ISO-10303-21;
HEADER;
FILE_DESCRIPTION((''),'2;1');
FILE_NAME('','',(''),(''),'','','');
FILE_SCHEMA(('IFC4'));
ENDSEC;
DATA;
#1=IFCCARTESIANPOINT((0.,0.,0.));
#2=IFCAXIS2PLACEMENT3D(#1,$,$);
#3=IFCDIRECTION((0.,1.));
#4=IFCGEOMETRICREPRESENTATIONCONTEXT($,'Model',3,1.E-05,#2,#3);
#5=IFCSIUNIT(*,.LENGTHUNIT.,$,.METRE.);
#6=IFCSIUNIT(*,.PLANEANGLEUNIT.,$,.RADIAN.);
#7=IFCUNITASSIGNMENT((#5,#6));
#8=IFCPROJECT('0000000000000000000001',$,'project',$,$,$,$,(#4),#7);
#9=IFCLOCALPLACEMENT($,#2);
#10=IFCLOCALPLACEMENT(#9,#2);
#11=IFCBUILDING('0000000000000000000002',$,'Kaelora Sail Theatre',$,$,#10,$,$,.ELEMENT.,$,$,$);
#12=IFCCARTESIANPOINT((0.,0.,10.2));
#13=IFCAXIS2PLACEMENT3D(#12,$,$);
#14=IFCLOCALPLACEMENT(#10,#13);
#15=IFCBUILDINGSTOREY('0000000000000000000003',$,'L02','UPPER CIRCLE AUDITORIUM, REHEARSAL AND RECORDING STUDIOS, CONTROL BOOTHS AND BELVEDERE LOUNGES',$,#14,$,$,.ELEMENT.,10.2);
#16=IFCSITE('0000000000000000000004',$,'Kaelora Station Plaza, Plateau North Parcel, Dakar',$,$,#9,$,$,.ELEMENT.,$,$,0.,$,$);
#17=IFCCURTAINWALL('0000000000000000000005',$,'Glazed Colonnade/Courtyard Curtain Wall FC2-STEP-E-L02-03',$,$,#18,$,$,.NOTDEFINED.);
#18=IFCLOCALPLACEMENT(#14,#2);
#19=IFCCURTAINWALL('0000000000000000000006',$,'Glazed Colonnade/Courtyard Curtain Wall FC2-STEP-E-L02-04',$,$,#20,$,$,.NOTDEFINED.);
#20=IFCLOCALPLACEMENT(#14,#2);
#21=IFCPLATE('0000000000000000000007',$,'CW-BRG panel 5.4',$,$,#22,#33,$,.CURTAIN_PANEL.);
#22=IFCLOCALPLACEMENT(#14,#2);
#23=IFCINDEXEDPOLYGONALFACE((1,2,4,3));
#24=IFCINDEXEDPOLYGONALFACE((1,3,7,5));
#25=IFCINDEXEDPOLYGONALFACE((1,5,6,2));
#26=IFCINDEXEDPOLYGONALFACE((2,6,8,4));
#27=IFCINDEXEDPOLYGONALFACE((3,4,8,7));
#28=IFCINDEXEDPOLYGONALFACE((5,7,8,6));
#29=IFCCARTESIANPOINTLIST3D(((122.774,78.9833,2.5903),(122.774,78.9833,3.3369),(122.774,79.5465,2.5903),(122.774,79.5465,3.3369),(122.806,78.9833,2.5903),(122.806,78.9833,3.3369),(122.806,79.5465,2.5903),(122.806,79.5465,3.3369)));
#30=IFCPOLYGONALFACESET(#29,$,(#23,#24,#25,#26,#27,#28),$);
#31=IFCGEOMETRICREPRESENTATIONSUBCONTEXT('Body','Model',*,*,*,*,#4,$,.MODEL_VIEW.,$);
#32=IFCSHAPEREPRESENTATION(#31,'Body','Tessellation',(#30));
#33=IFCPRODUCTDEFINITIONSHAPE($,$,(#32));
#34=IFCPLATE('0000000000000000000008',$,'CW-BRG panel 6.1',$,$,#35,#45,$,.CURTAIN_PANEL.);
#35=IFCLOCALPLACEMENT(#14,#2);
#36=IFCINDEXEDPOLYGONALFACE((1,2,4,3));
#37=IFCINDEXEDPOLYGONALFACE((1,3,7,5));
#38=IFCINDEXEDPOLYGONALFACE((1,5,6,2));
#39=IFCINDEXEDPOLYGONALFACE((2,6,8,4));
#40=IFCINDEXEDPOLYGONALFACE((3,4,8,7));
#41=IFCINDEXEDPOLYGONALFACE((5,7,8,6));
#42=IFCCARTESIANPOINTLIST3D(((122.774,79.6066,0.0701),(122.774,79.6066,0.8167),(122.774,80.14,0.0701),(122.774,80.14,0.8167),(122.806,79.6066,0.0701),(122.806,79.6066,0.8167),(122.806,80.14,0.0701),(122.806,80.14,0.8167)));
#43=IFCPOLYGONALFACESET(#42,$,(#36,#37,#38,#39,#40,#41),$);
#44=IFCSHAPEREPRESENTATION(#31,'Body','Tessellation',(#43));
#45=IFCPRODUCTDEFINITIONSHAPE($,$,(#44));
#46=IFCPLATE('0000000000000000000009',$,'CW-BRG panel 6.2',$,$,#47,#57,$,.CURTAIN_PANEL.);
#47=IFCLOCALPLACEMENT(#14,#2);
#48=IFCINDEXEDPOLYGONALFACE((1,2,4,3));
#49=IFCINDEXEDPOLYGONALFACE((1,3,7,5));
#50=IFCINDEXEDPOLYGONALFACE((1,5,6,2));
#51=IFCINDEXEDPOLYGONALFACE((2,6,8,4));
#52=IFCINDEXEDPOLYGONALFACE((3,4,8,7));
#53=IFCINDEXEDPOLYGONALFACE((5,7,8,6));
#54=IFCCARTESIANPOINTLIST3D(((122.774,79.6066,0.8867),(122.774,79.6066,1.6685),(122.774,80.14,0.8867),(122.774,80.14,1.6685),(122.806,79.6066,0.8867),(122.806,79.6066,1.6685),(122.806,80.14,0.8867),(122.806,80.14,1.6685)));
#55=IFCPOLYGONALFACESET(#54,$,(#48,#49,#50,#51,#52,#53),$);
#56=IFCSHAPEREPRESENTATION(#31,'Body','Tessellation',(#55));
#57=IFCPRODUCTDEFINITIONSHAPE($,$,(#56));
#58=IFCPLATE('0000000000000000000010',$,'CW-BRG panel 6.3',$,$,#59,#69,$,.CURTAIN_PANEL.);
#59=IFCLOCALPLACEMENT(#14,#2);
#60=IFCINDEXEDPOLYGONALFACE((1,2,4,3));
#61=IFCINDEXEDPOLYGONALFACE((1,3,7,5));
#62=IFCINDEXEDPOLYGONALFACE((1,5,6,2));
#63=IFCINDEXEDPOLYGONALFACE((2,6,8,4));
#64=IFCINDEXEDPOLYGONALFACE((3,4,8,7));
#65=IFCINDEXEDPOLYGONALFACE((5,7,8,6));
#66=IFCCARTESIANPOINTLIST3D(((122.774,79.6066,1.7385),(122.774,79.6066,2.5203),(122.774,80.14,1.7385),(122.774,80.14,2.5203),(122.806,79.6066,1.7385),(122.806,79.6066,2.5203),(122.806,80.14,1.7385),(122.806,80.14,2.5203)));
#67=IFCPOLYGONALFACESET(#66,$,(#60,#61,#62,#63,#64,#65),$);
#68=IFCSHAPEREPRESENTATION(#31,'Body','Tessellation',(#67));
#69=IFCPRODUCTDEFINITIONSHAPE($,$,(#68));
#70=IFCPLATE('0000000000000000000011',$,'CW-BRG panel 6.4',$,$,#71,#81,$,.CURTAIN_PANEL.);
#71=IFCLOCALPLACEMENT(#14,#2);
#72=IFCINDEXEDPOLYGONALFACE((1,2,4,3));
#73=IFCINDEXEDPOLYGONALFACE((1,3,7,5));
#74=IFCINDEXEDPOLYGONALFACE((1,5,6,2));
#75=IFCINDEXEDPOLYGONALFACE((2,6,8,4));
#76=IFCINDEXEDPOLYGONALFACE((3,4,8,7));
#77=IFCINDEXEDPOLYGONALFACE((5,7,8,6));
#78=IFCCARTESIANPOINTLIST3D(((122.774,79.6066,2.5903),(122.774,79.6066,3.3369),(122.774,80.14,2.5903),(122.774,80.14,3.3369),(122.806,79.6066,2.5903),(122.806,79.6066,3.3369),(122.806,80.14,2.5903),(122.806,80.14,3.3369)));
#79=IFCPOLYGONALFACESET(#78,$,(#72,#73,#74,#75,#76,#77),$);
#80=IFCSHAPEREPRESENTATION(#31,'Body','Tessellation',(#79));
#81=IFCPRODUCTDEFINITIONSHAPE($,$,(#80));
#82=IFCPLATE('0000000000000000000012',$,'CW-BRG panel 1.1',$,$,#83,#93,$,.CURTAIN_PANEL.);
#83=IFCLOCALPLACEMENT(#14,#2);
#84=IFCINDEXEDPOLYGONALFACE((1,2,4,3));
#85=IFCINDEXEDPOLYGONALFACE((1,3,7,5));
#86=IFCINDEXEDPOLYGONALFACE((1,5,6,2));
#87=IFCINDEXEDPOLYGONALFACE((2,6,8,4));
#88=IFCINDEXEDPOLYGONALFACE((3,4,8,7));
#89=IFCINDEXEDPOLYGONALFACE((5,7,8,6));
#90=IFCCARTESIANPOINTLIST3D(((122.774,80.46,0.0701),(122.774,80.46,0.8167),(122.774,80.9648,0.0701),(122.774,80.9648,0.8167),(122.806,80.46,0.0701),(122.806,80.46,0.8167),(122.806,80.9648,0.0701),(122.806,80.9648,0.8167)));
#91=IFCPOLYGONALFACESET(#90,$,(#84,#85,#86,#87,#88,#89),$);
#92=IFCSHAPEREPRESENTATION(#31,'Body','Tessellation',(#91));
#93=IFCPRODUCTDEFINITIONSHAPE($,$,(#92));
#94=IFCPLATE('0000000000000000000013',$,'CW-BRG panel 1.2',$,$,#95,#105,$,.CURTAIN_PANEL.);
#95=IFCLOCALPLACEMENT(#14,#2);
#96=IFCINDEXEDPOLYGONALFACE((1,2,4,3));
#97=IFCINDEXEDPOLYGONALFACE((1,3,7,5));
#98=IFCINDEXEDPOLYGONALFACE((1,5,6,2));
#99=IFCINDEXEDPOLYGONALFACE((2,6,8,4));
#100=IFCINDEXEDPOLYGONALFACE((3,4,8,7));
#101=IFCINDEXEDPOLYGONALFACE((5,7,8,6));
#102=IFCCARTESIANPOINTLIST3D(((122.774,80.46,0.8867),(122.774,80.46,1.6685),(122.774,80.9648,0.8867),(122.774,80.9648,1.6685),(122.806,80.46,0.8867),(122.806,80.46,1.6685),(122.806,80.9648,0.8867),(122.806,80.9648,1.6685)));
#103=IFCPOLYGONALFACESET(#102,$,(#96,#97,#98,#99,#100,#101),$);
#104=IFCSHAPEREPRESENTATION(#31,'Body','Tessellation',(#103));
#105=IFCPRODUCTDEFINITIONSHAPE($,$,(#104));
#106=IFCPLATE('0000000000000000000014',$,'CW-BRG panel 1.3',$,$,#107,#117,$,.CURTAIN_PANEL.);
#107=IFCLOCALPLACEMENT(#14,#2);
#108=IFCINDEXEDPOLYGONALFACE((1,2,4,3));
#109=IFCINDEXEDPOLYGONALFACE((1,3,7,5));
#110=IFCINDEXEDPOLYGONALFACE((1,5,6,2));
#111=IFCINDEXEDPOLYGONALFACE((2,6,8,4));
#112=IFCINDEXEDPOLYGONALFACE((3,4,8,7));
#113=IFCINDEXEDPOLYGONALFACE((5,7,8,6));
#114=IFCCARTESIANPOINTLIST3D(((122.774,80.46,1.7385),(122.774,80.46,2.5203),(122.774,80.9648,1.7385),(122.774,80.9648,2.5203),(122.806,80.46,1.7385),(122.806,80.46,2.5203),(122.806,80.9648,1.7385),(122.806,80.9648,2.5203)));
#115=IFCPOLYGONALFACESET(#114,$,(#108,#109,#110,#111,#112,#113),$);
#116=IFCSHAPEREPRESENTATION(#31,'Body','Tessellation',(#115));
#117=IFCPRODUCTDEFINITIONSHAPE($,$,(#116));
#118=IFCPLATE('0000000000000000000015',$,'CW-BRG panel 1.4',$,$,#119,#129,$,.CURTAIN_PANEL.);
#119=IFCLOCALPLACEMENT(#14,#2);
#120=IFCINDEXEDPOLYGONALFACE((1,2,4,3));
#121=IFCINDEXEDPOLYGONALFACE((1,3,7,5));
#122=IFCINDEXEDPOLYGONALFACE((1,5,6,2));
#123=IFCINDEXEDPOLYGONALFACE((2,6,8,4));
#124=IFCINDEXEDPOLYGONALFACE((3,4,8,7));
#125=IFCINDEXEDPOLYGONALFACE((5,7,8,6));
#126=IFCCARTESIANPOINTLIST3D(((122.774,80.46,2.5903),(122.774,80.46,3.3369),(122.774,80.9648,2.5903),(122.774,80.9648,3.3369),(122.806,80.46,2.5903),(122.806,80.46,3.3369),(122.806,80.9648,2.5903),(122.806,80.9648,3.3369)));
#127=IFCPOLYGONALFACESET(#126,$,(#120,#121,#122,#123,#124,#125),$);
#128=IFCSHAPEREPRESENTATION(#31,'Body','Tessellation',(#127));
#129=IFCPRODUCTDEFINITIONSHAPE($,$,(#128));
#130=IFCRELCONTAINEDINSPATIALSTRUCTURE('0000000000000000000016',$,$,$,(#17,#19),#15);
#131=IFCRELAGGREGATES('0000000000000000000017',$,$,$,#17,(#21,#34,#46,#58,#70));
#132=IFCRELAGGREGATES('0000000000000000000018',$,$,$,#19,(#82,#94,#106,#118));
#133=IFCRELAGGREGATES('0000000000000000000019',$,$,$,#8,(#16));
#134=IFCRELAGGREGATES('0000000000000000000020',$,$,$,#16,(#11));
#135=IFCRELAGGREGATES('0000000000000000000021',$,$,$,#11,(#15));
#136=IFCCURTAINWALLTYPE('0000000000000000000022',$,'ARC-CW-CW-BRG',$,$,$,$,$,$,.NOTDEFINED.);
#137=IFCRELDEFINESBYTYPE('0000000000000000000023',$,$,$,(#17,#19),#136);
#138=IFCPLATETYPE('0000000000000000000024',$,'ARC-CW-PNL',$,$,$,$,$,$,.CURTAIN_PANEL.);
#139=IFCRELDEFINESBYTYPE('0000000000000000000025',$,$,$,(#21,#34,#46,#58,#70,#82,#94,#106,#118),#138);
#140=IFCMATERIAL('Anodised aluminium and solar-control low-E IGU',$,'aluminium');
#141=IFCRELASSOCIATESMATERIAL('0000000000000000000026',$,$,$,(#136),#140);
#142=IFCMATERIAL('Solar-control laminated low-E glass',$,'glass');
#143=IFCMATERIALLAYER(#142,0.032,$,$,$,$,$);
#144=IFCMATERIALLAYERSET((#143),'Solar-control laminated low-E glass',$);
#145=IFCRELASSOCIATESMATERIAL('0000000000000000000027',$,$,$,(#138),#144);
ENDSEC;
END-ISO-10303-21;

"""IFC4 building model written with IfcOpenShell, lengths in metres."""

from ifc_helpers import new_model, si_unit, direction, frame, origin, origin_2d, place, context, subcontext, project, spatial, rectangle, extrude, material, layer, layer_set, type_object, element, aggregate, save


model = new_model("IFC4")

# Units and contexts
model_context = context("Model", 3, precision=1e-05, world=origin(), true_north=direction((0.0, 1.0)))
body_context = subcontext(model_context, "Body", "Model", "MODEL_VIEW")
ifc_project = project(units=[si_unit("LENGTHUNIT", "METRE"), si_unit("PLANEANGLEUNIT", "RADIAN")], contexts=[model_context])

# Site, building, storey
site_placement = place(None, origin())
site = spatial("IfcSite", under=ifc_project, at=site_placement, Name="Kaelora Station Plaza, Plateau North Parcel, Dakar", CompositionType="ELEMENT", RefElevation=0.0)
building_placement = place(site_placement, origin())
building = spatial("IfcBuilding", under=site, at=building_placement, Name="Kaelora Sail Theatre", CompositionType="ELEMENT")
storey_placement = place(building_placement, frame((0.0, 0.0, 10.2)))
storey = spatial("IfcBuildingStorey", under=building, at=storey_placement, Name="L02", Description="UPPER CIRCLE AUDITORIUM, REHEARSAL AND RECORDING STUDIOS, CONTROL BOOTHS AND BELVEDERE LOUNGES", CompositionType="ELEMENT", Elevation=10.2)

# Curtain walls
ifc_material_1 = material(Name="Anodised aluminium and solar-control low-E IGU", Category="aluminium")
curtain_wall_type = type_object("IfcCurtainWallType", Name="ARC-CW-CW-BRG", PredefinedType="NOTDEFINED", material=ifc_material_1)
curtain_wall_1_placement = place(storey_placement, origin())
curtain_wall_1 = element("IfcCurtainWall", 1, at=curtain_wall_1_placement, inside=storey, type_object=curtain_wall_type, Name="Glazed Colonnade/Courtyard Curtain Wall FC2-STEP-E-L02-03", PredefinedType="NOTDEFINED")
curtain_wall_2_placement = place(storey_placement, origin())
curtain_wall_2 = element("IfcCurtainWall", 2, at=curtain_wall_2_placement, inside=storey, type_object=curtain_wall_type, Name="Glazed Colonnade/Courtyard Curtain Wall FC2-STEP-E-L02-04", PredefinedType="NOTDEFINED")

# Plates
ifc_material_2 = material(Name="Solar-control laminated low-E glass", Category="glass")
ifc_layer = layer(ifc_material_2, 0.032)
ifc_layer_set = layer_set([ifc_layer], Name="Solar-control laminated low-E glass")
plate_type = type_object("IfcPlateType", Name="ARC-CW-PNL", PredefinedType="CURTAIN_PANEL", material=ifc_layer_set)
plate_1_placement = place(storey_placement, frame((122.79, 79.2649, 2.5903), z_axis=(0.0, 0.0, 1.0), x_axis=(0.0, 1.0, 0.0)))
plate_1 = element("IfcPlate", 3, at=plate_1_placement, type_object=plate_type, Name="CW-BRG panel 5.4", PredefinedType="CURTAIN_PANEL", context=body_context, shape_type="SweptSolid", body=[
    extrude(rectangle(XDim=0.5632, YDim=0.032, at=origin_2d()), origin(), (0.0, 0.0, 1.0), 0.7466),
])
plate_2_placement = place(storey_placement, frame((122.79, 79.8733, 0.0701), z_axis=(0.0, 0.0, 1.0), x_axis=(0.0, 1.0, 0.0)))
plate_2 = element("IfcPlate", 4, at=plate_2_placement, type_object=plate_type, Name="CW-BRG panel 6.1", PredefinedType="CURTAIN_PANEL", context=body_context, shape_type="SweptSolid", body=[
    extrude(rectangle(XDim=0.5334, YDim=0.032, at=origin_2d()), origin(), (0.0, 0.0, 1.0), 0.7466),
])
plate_3_placement = place(storey_placement, frame((122.79, 79.8733, 0.8867), z_axis=(0.0, 0.0, 1.0), x_axis=(0.0, 1.0, 0.0)))
plate_3 = element("IfcPlate", 5, at=plate_3_placement, type_object=plate_type, Name="CW-BRG panel 6.2", PredefinedType="CURTAIN_PANEL", context=body_context, shape_type="SweptSolid", body=[
    extrude(rectangle(XDim=0.5334, YDim=0.032, at=origin_2d()), origin(), (0.0, 0.0, 1.0), 0.7817),
])
plate_4_placement = place(storey_placement, frame((122.79, 79.8733, 1.7385), z_axis=(0.0, 0.0, 1.0), x_axis=(0.0, 1.0, 0.0)))
plate_4 = element("IfcPlate", 6, at=plate_4_placement, type_object=plate_type, Name="CW-BRG panel 6.3", PredefinedType="CURTAIN_PANEL", context=body_context, shape_type="SweptSolid", body=[
    extrude(rectangle(XDim=0.5334, YDim=0.032, at=origin_2d()), origin(), (0.0, 0.0, 1.0), 0.7817),
])
plate_5_placement = place(storey_placement, frame((122.79, 79.8733, 2.5903), z_axis=(0.0, 0.0, 1.0), x_axis=(0.0, 1.0, 0.0)))
plate_5 = element("IfcPlate", 7, at=plate_5_placement, type_object=plate_type, Name="CW-BRG panel 6.4", PredefinedType="CURTAIN_PANEL", context=body_context, shape_type="SweptSolid", body=[
    extrude(rectangle(XDim=0.5334, YDim=0.032, at=origin_2d()), origin(), (0.0, 0.0, 1.0), 0.7466),
])
aggregate(curtain_wall_1, [plate_1, plate_2, plate_3, plate_4, plate_5])
plate_6_placement = place(storey_placement, frame((122.79, 80.7124, 0.0701), z_axis=(0.0, 0.0, 1.0), x_axis=(0.0, 1.0, 0.0)))
plate_6 = element("IfcPlate", 8, at=plate_6_placement, type_object=plate_type, Name="CW-BRG panel 1.1", PredefinedType="CURTAIN_PANEL", context=body_context, shape_type="SweptSolid", body=[
    extrude(rectangle(XDim=0.5049, YDim=0.032, at=origin_2d()), origin(), (0.0, 0.0, 1.0), 0.7466),
])
plate_7_placement = place(storey_placement, frame((122.79, 80.7124, 0.8867), z_axis=(0.0, 0.0, 1.0), x_axis=(0.0, 1.0, 0.0)))
plate_7 = element("IfcPlate", 9, at=plate_7_placement, type_object=plate_type, Name="CW-BRG panel 1.2", PredefinedType="CURTAIN_PANEL", context=body_context, shape_type="SweptSolid", body=[
    extrude(rectangle(XDim=0.5049, YDim=0.032, at=origin_2d()), origin(), (0.0, 0.0, 1.0), 0.7817),
])
plate_8_placement = place(storey_placement, frame((122.79, 80.7124, 1.7385), z_axis=(0.0, 0.0, 1.0), x_axis=(0.0, 1.0, 0.0)))
plate_8 = element("IfcPlate", 10, at=plate_8_placement, type_object=plate_type, Name="CW-BRG panel 1.3", PredefinedType="CURTAIN_PANEL", context=body_context, shape_type="SweptSolid", body=[
    extrude(rectangle(XDim=0.5049, YDim=0.032, at=origin_2d()), origin(), (0.0, 0.0, 1.0), 0.7817),
])
plate_9_placement = place(storey_placement, frame((122.79, 80.7124, 2.5903), z_axis=(0.0, 0.0, 1.0), x_axis=(0.0, 1.0, 0.0)))
plate_9 = element("IfcPlate", 11, at=plate_9_placement, type_object=plate_type, Name="CW-BRG panel 1.4", PredefinedType="CURTAIN_PANEL", context=body_context, shape_type="SweptSolid", body=[
    extrude(rectangle(XDim=0.5049, YDim=0.032, at=origin_2d()), origin(), (0.0, 0.0, 1.0), 0.7466),
])
aggregate(curtain_wall_2, [plate_6, plate_7, plate_8, plate_9])

save(model, "model.ifc")
